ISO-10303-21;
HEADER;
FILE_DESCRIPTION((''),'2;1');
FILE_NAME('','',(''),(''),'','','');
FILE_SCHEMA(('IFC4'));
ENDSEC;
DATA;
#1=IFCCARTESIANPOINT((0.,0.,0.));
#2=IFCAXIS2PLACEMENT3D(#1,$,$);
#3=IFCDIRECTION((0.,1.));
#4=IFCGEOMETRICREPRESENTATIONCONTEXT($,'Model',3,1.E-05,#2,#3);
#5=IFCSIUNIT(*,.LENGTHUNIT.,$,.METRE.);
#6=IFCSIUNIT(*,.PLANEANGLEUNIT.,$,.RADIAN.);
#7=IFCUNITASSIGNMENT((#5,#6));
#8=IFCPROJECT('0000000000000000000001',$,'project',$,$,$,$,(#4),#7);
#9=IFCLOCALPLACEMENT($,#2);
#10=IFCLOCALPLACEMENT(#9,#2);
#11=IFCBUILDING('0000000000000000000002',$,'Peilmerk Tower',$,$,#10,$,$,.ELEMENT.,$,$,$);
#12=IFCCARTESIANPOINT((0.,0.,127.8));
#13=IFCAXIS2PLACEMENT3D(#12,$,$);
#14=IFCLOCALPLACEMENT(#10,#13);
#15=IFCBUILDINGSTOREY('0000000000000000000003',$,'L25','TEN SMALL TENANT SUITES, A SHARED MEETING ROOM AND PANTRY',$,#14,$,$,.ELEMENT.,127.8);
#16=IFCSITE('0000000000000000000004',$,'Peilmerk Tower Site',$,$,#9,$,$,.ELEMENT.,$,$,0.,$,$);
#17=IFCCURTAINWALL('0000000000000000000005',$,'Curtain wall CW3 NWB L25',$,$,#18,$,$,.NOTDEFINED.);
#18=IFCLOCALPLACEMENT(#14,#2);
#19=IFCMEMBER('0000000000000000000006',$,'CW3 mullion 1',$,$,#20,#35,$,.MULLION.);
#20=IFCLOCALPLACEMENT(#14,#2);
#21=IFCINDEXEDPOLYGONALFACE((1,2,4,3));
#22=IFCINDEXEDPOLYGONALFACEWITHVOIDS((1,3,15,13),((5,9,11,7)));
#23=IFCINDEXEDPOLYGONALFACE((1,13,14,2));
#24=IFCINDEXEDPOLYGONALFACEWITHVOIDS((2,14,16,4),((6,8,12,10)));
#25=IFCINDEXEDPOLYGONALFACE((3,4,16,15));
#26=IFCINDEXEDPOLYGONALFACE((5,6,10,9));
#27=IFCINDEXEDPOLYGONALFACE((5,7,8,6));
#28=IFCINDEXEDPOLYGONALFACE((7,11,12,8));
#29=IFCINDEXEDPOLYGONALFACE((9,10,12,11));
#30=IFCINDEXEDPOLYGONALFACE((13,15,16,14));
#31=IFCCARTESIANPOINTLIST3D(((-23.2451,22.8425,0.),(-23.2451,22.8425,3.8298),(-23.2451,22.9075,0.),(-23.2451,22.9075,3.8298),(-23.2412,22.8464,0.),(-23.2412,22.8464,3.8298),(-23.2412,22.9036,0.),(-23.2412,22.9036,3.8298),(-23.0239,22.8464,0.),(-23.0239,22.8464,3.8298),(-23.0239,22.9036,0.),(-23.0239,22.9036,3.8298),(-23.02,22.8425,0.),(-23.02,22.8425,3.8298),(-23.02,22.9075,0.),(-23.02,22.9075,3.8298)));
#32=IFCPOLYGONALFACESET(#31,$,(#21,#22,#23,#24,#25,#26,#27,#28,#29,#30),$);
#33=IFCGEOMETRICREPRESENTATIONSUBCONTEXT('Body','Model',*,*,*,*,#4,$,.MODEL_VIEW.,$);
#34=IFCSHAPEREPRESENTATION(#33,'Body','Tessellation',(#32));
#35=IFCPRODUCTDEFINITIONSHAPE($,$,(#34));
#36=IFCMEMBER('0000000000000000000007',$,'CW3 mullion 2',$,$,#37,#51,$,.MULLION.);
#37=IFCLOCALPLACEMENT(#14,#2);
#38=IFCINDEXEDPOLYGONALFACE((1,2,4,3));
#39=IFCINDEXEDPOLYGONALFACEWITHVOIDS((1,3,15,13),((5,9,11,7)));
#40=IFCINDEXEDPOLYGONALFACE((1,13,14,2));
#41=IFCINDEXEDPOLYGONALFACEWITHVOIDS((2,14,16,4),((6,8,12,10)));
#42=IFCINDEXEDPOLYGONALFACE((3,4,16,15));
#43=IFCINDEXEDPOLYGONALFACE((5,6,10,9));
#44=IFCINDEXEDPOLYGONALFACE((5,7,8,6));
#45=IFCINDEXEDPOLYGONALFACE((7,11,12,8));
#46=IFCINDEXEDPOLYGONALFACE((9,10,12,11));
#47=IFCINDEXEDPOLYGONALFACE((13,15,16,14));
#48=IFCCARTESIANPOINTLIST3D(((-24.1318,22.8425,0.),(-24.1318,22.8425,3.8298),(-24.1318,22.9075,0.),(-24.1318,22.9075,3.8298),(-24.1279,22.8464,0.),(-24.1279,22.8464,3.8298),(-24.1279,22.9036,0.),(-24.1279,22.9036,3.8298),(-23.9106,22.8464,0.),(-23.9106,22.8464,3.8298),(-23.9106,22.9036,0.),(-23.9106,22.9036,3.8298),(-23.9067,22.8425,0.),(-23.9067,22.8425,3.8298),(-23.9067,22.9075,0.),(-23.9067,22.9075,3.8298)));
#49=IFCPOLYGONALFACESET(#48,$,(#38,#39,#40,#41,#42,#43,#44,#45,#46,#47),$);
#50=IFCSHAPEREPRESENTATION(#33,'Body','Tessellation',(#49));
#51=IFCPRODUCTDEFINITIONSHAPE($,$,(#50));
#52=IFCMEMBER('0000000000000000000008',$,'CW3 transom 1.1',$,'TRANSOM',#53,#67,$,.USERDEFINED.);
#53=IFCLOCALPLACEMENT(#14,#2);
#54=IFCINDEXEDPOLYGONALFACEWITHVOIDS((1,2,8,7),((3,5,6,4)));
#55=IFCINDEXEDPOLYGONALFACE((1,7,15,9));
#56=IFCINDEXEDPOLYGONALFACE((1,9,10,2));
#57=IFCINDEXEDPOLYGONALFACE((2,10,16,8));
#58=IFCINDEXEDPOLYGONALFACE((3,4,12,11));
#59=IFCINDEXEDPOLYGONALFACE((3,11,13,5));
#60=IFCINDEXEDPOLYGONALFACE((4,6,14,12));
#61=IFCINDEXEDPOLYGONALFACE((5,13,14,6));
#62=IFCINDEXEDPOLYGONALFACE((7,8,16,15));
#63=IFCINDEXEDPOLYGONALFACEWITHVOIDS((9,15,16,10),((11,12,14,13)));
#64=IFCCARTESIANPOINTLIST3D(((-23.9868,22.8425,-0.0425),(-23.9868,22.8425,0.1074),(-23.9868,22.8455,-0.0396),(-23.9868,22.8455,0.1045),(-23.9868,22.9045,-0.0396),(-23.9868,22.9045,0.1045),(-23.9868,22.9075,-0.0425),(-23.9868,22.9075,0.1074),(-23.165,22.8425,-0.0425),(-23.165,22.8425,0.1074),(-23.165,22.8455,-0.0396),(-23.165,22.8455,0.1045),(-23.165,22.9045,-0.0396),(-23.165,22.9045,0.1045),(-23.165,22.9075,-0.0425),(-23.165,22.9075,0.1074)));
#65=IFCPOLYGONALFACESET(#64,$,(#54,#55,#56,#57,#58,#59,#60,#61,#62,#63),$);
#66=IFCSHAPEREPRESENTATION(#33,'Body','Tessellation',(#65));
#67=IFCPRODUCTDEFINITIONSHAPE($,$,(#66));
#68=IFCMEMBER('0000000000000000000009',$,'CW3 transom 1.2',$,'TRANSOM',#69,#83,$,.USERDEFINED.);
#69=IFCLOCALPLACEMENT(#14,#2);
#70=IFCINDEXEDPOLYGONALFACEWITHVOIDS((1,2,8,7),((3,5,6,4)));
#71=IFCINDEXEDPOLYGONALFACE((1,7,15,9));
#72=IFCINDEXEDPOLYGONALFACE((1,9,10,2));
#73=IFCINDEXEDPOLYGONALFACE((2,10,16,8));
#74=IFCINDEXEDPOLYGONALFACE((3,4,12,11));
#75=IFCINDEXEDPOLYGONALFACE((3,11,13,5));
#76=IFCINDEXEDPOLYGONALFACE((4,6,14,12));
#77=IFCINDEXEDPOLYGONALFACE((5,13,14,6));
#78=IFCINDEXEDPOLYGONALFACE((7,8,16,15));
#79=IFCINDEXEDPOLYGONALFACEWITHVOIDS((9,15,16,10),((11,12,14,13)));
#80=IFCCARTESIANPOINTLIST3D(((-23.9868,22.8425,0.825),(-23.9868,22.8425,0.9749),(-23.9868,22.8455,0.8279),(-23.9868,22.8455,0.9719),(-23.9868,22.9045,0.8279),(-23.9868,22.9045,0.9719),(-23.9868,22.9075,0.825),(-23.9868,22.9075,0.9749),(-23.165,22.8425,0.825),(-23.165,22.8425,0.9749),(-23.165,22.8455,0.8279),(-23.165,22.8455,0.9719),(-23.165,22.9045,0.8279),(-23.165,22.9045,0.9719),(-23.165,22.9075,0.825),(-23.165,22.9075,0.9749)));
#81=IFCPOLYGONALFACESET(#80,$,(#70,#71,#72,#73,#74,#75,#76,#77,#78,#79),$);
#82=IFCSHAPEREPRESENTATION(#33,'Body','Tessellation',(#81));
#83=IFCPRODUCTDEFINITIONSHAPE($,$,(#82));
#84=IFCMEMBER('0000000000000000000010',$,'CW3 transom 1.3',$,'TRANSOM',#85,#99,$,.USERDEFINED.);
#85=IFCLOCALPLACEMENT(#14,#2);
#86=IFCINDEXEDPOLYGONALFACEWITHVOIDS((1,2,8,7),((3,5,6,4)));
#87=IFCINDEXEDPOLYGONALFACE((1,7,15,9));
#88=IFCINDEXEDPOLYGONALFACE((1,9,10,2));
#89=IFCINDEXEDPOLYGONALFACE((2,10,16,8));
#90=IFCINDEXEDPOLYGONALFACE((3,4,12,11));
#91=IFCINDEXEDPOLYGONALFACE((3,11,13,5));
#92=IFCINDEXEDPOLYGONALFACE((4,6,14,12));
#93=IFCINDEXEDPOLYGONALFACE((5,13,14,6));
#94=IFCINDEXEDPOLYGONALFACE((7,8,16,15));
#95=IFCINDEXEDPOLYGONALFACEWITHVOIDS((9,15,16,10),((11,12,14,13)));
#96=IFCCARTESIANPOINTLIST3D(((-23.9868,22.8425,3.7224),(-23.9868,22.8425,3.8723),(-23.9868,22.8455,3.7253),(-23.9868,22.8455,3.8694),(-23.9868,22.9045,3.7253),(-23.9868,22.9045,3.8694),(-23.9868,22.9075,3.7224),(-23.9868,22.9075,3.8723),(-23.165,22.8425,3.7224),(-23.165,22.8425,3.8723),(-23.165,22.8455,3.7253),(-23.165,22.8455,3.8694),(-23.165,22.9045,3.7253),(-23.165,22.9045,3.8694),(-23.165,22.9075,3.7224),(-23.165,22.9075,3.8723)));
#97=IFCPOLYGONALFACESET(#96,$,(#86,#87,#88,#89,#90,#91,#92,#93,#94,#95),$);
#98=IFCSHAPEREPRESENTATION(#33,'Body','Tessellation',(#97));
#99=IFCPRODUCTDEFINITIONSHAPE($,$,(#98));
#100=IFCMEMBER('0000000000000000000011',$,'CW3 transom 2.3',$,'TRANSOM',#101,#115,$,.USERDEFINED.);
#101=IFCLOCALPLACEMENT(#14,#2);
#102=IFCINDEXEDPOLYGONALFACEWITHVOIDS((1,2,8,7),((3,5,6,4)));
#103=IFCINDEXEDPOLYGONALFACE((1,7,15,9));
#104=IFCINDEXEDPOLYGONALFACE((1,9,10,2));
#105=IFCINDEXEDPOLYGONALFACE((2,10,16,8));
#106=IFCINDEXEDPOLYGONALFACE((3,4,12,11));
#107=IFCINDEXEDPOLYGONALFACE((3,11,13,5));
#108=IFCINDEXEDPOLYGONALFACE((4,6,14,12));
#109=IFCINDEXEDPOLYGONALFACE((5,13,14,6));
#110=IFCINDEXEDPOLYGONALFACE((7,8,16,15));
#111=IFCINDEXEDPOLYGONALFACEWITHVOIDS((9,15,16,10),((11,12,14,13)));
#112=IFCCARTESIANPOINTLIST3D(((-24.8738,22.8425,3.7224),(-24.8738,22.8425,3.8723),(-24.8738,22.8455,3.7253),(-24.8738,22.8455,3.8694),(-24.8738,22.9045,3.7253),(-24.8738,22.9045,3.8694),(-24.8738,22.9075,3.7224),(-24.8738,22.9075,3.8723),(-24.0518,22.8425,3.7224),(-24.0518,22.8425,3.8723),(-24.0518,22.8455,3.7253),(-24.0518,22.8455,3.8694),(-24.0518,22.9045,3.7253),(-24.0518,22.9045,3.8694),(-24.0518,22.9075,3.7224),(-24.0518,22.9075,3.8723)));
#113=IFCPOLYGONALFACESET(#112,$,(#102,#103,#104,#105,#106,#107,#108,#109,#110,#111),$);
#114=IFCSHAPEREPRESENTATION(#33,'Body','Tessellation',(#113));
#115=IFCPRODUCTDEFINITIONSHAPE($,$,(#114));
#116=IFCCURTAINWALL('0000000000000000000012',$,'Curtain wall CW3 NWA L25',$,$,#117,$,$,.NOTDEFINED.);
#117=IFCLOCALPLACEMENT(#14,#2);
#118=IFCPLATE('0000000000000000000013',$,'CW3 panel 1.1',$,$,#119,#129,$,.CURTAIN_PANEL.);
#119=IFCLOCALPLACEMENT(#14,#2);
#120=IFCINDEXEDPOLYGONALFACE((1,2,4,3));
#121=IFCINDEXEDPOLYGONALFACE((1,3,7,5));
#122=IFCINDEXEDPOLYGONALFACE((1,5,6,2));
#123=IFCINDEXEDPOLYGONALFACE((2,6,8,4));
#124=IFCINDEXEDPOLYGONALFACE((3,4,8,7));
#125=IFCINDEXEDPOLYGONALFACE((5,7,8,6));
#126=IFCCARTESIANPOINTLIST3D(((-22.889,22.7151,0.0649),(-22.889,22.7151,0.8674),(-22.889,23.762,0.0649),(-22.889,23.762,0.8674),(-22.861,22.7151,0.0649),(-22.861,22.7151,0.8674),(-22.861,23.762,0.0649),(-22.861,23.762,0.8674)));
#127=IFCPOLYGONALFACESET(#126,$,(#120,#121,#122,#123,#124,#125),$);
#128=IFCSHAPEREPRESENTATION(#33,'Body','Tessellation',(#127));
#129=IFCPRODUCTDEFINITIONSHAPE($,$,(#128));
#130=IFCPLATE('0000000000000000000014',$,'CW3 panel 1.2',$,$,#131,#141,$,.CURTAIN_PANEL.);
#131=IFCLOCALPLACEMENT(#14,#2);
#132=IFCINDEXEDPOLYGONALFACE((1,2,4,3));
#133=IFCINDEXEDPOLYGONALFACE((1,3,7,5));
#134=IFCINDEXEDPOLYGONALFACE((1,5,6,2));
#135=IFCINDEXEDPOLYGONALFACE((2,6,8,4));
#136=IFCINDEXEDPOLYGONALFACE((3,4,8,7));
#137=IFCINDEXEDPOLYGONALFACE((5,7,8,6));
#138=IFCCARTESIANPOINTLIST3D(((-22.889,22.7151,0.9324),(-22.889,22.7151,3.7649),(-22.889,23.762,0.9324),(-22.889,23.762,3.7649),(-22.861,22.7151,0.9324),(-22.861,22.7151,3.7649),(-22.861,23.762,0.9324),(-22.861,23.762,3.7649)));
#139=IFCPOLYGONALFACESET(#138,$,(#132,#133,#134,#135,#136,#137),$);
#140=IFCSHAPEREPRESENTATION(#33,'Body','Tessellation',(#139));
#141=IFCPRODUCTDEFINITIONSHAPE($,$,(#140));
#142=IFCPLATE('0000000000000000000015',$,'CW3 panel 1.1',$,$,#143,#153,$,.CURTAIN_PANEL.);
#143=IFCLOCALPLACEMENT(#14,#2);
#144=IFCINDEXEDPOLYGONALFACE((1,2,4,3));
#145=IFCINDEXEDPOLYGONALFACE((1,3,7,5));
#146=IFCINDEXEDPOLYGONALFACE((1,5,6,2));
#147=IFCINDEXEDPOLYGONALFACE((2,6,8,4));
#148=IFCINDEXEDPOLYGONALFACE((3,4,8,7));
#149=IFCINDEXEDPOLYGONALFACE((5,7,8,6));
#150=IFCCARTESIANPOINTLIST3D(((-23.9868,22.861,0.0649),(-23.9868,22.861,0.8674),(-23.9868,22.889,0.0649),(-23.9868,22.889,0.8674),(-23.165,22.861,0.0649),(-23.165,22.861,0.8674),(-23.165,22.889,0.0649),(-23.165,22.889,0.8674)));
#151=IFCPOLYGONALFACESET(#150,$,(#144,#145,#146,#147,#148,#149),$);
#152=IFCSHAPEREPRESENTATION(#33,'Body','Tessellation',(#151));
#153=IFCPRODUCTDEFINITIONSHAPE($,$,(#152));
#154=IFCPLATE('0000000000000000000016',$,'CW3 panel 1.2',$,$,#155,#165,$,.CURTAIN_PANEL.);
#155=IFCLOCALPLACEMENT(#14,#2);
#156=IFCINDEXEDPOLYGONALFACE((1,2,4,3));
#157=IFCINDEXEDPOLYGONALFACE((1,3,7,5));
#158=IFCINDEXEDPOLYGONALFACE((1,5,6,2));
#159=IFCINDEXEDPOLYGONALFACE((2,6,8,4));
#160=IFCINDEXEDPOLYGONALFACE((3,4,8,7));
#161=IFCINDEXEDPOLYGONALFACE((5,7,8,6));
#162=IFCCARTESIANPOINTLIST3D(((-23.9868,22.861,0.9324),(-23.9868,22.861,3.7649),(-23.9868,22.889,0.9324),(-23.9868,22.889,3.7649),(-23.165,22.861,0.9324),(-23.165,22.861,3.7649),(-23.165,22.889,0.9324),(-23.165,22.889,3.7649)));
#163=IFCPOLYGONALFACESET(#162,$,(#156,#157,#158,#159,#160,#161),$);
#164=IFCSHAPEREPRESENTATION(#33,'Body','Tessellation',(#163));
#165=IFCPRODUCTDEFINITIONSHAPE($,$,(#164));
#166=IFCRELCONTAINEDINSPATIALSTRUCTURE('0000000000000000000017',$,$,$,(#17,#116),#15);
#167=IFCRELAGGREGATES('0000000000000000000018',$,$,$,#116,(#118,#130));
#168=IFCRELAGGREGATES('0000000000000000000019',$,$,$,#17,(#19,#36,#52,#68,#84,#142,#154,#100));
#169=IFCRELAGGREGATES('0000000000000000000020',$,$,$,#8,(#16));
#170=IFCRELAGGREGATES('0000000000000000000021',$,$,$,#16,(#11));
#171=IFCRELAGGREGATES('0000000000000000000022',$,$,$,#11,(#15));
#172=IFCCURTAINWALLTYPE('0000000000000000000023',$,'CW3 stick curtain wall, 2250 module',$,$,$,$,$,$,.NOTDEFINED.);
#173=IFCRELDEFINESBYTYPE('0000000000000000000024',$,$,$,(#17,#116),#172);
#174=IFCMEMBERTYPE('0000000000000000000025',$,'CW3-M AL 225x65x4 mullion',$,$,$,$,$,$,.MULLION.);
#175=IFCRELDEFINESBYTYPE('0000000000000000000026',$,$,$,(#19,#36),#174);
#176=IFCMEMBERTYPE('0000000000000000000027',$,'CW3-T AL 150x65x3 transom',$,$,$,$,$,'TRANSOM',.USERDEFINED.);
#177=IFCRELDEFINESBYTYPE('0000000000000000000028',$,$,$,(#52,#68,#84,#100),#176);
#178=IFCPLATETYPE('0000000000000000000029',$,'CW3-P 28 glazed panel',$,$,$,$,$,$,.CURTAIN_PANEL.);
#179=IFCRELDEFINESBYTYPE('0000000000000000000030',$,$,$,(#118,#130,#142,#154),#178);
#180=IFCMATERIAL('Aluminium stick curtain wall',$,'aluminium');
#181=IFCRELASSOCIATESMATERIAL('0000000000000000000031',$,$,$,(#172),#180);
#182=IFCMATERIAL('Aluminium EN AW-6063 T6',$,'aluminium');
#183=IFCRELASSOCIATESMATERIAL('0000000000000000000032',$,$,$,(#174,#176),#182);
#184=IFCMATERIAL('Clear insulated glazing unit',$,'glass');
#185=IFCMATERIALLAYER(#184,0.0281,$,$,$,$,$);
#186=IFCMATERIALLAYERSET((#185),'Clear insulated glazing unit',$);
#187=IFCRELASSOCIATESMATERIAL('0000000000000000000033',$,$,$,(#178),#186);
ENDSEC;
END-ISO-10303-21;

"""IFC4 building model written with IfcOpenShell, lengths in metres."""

from ifc_helpers import new_model, si_unit, direction, frame, origin, origin_2d, place, context, subcontext, project, spatial, rectangle, hollow_rectangle, extrude, material, layer, layer_set, material_profile, profile_set, type_object, element, aggregate, save


model = new_model("IFC4")

# Units and contexts
model_context = context("Model", 3, precision=1e-05, world=origin(), true_north=direction((0.0, 1.0)))
body_context = subcontext(model_context, "Body", "Model", "MODEL_VIEW")
ifc_project = project(units=[si_unit("LENGTHUNIT", "METRE"), si_unit("PLANEANGLEUNIT", "RADIAN")], contexts=[model_context])

# Site, building, storey
site_placement = place(None, origin())
site = spatial("IfcSite", under=ifc_project, at=site_placement, Name="Peilmerk Tower Site", CompositionType="ELEMENT", RefElevation=0.0)
building_placement = place(site_placement, origin())
building = spatial("IfcBuilding", under=site, at=building_placement, Name="Peilmerk Tower", CompositionType="ELEMENT")
storey_placement = place(building_placement, frame((0.0, 0.0, 127.8)))
storey = spatial("IfcBuildingStorey", under=building, at=storey_placement, Name="L25", Description="TEN SMALL TENANT SUITES, A SHARED MEETING ROOM AND PANTRY", CompositionType="ELEMENT", Elevation=127.8)

# Curtain wall, members
ifc_material_1 = material(Name="Aluminium stick curtain wall", Category="aluminium")
curtain_wall_type = type_object("IfcCurtainWallType", Name="CW3 stick curtain wall, 2250 module", PredefinedType="NOTDEFINED", material=ifc_material_1)
curtain_wall_1_placement = place(storey_placement, origin())
curtain_wall_1 = element("IfcCurtainWall", 1, at=curtain_wall_1_placement, inside=storey, type_object=curtain_wall_type, Name="Curtain wall CW3 NWB L25", PredefinedType="NOTDEFINED")
ifc_material_2 = material(Name="Aluminium EN AW-6063 T6", Category="aluminium")
ifc_material_profile_1 = material_profile(ifc_material_2, hollow_rectangle(XDim=0.0649, YDim=0.2251, WallThickness=0.0039, at=origin_2d()), Name="AL 225x65x4")
ifc_profile_set_1 = profile_set([ifc_material_profile_1], Name="Aluminium EN AW-6063 T6")
member_type_1 = type_object("IfcMemberType", Name="CW3-M AL 225x65x4 mullion", PredefinedType="MULLION", material=ifc_profile_set_1)
member_1_placement = place(storey_placement, frame((-23.1326, 22.875, 0.0), z_axis=(0.0, 0.0, 1.0), x_axis=(0.0, -1.0, 0.0)))
member_1 = element("IfcMember", 2, at=member_1_placement, type_object=member_type_1, Name="CW3 mullion 1", PredefinedType="MULLION", context=body_context, shape_type="SweptSolid", body=[
    extrude(hollow_rectangle(XDim=0.0649, YDim=0.2251, WallThickness=0.0039, at=origin_2d()), origin(), (0.0, 0.0, 1.0), 3.8298),
])
member_2_placement = place(storey_placement, frame((-24.0193, 22.875, 0.0), z_axis=(0.0, 0.0, 1.0), x_axis=(0.0, -1.0, 0.0)))
member_2 = element("IfcMember", 3, at=member_2_placement, type_object=member_type_1, Name="CW3 mullion 2", PredefinedType="MULLION", context=body_context, shape_type="SweptSolid", body=[
    extrude(hollow_rectangle(XDim=0.0649, YDim=0.2251, WallThickness=0.0039, at=origin_2d()), origin(), (0.0, 0.0, 1.0), 3.8298),
])
ifc_material_profile_2 = material_profile(ifc_material_2, hollow_rectangle(XDim=0.0649, YDim=0.1499, WallThickness=0.0029, at=origin_2d()), Name="AL 150x65x3")
ifc_profile_set_2 = profile_set([ifc_material_profile_2], Name="Aluminium EN AW-6063 T6")
member_type_2 = type_object("IfcMemberType", Name="CW3-T AL 150x65x3 transom", ElementType="TRANSOM", PredefinedType="USERDEFINED", material=ifc_profile_set_2)
member_3_placement = place(storey_placement, frame((-23.165, 22.875, 0.0325), z_axis=(-1.0, 0.0, 0.0), x_axis=(0.0, -1.0, 0.0)))
member_3 = element("IfcMember", 4, at=member_3_placement, type_object=member_type_2, Name="CW3 transom 1.1", ObjectType="TRANSOM", PredefinedType="USERDEFINED", context=body_context, shape_type="SweptSolid", body=[
    extrude(hollow_rectangle(XDim=0.0649, YDim=0.1499, WallThickness=0.0029, at=origin_2d()), origin(), (0.0, 0.0, 1.0), 0.8218),
])
member_4_placement = place(storey_placement, frame((-23.165, 22.875, 0.8999), z_axis=(-1.0, 0.0, 0.0), x_axis=(0.0, -1.0, 0.0)))
member_4 = element("IfcMember", 5, at=member_4_placement, type_object=member_type_2, Name="CW3 transom 1.2", ObjectType="TRANSOM", PredefinedType="USERDEFINED", context=body_context, shape_type="SweptSolid", body=[
    extrude(hollow_rectangle(XDim=0.0649, YDim=0.1499, WallThickness=0.0029, at=origin_2d()), origin(), (0.0, 0.0, 1.0), 0.8218),
])
member_5_placement = place(storey_placement, frame((-23.165, 22.875, 3.7974), z_axis=(-1.0, 0.0, 0.0), x_axis=(0.0, -1.0, 0.0)))
member_5 = element("IfcMember", 6, at=member_5_placement, type_object=member_type_2, Name="CW3 transom 1.3", ObjectType="TRANSOM", PredefinedType="USERDEFINED", context=body_context, shape_type="SweptSolid", body=[
    extrude(hollow_rectangle(XDim=0.0649, YDim=0.1499, WallThickness=0.0029, at=origin_2d()), origin(), (0.0, 0.0, 1.0), 0.8218),
])
member_6_placement = place(storey_placement, frame((-24.0518, 22.875, 3.7974), z_axis=(-1.0, 0.0, 0.0), x_axis=(0.0, -1.0, 0.0)))
member_6 = element("IfcMember", 7, at=member_6_placement, type_object=member_type_2, Name="CW3 transom 2.3", ObjectType="TRANSOM", PredefinedType="USERDEFINED", context=body_context, shape_type="SweptSolid", body=[
    extrude(hollow_rectangle(XDim=0.0649, YDim=0.1499, WallThickness=0.0029, at=origin_2d()), origin(), (0.0, 0.0, 1.0), 0.822),
])

# Curtain wall, plates
curtain_wall_2_placement = place(storey_placement, origin())
curtain_wall_2 = element("IfcCurtainWall", 8, at=curtain_wall_2_placement, inside=storey, type_object=curtain_wall_type, Name="Curtain wall CW3 NWA L25", PredefinedType="NOTDEFINED")
ifc_material_3 = material(Name="Clear insulated glazing unit", Category="glass")
ifc_layer_1 = layer(ifc_material_3, 0.0281)
ifc_layer_set_1 = layer_set([ifc_layer_1], Name="Clear insulated glazing unit")
plate_type = type_object("IfcPlateType", Name="CW3-P 28 glazed panel", PredefinedType="CURTAIN_PANEL", material=ifc_layer_set_1)
plate_1_placement = place(storey_placement, frame((-22.875, 23.2385, 0.0649), z_axis=(0.0, 0.0, 1.0), x_axis=(0.0, 1.0, 0.0)))
plate_1 = element("IfcPlate", 9, at=plate_1_placement, type_object=plate_type, Name="CW3 panel 1.1", PredefinedType="CURTAIN_PANEL", context=body_context, shape_type="SweptSolid", body=[
    extrude(rectangle(XDim=1.0469, YDim=0.0281, at=origin_2d()), origin(), (0.0, 0.0, 1.0), 0.8025),
])
plate_2_placement = place(storey_placement, frame((-22.875, 23.2385, 0.9324), z_axis=(0.0, 0.0, 1.0), x_axis=(0.0, 1.0, 0.0)))
plate_2 = element("IfcPlate", 10, at=plate_2_placement, type_object=plate_type, Name="CW3 panel 1.2", PredefinedType="CURTAIN_PANEL", context=body_context, shape_type="SweptSolid", body=[
    extrude(rectangle(XDim=1.0469, YDim=0.0281, at=origin_2d()), origin(), (0.0, 0.0, 1.0), 2.8325),
])
aggregate(curtain_wall_2, [plate_1, plate_2])

# Plates
plate_3_placement = place(storey_placement, frame((-23.5759, 22.875, 0.0649), z_axis=(0.0, 0.0, 1.0), x_axis=(-1.0, 0.0, 0.0)))
plate_3 = element("IfcPlate", 11, at=plate_3_placement, type_object=plate_type, Name="CW3 panel 1.1", PredefinedType="CURTAIN_PANEL", context=body_context, shape_type="SweptSolid", body=[
    extrude(rectangle(XDim=0.8218, YDim=0.0281, at=origin_2d()), origin(), (0.0, 0.0, 1.0), 0.8025),
])
plate_4_placement = place(storey_placement, frame((-23.5759, 22.875, 0.9324), z_axis=(0.0, 0.0, 1.0), x_axis=(-1.0, 0.0, 0.0)))
plate_4 = element("IfcPlate", 12, at=plate_4_placement, type_object=plate_type, Name="CW3 panel 1.2", PredefinedType="CURTAIN_PANEL", context=body_context, shape_type="SweptSolid", body=[
    extrude(rectangle(XDim=0.8218, YDim=0.0281, at=origin_2d()), origin(), (0.0, 0.0, 1.0), 2.8325),
])
aggregate(curtain_wall_1, [member_1, member_2, member_3, member_4, member_5, plate_3, plate_4, member_6])

save(model, "model.ifc")
